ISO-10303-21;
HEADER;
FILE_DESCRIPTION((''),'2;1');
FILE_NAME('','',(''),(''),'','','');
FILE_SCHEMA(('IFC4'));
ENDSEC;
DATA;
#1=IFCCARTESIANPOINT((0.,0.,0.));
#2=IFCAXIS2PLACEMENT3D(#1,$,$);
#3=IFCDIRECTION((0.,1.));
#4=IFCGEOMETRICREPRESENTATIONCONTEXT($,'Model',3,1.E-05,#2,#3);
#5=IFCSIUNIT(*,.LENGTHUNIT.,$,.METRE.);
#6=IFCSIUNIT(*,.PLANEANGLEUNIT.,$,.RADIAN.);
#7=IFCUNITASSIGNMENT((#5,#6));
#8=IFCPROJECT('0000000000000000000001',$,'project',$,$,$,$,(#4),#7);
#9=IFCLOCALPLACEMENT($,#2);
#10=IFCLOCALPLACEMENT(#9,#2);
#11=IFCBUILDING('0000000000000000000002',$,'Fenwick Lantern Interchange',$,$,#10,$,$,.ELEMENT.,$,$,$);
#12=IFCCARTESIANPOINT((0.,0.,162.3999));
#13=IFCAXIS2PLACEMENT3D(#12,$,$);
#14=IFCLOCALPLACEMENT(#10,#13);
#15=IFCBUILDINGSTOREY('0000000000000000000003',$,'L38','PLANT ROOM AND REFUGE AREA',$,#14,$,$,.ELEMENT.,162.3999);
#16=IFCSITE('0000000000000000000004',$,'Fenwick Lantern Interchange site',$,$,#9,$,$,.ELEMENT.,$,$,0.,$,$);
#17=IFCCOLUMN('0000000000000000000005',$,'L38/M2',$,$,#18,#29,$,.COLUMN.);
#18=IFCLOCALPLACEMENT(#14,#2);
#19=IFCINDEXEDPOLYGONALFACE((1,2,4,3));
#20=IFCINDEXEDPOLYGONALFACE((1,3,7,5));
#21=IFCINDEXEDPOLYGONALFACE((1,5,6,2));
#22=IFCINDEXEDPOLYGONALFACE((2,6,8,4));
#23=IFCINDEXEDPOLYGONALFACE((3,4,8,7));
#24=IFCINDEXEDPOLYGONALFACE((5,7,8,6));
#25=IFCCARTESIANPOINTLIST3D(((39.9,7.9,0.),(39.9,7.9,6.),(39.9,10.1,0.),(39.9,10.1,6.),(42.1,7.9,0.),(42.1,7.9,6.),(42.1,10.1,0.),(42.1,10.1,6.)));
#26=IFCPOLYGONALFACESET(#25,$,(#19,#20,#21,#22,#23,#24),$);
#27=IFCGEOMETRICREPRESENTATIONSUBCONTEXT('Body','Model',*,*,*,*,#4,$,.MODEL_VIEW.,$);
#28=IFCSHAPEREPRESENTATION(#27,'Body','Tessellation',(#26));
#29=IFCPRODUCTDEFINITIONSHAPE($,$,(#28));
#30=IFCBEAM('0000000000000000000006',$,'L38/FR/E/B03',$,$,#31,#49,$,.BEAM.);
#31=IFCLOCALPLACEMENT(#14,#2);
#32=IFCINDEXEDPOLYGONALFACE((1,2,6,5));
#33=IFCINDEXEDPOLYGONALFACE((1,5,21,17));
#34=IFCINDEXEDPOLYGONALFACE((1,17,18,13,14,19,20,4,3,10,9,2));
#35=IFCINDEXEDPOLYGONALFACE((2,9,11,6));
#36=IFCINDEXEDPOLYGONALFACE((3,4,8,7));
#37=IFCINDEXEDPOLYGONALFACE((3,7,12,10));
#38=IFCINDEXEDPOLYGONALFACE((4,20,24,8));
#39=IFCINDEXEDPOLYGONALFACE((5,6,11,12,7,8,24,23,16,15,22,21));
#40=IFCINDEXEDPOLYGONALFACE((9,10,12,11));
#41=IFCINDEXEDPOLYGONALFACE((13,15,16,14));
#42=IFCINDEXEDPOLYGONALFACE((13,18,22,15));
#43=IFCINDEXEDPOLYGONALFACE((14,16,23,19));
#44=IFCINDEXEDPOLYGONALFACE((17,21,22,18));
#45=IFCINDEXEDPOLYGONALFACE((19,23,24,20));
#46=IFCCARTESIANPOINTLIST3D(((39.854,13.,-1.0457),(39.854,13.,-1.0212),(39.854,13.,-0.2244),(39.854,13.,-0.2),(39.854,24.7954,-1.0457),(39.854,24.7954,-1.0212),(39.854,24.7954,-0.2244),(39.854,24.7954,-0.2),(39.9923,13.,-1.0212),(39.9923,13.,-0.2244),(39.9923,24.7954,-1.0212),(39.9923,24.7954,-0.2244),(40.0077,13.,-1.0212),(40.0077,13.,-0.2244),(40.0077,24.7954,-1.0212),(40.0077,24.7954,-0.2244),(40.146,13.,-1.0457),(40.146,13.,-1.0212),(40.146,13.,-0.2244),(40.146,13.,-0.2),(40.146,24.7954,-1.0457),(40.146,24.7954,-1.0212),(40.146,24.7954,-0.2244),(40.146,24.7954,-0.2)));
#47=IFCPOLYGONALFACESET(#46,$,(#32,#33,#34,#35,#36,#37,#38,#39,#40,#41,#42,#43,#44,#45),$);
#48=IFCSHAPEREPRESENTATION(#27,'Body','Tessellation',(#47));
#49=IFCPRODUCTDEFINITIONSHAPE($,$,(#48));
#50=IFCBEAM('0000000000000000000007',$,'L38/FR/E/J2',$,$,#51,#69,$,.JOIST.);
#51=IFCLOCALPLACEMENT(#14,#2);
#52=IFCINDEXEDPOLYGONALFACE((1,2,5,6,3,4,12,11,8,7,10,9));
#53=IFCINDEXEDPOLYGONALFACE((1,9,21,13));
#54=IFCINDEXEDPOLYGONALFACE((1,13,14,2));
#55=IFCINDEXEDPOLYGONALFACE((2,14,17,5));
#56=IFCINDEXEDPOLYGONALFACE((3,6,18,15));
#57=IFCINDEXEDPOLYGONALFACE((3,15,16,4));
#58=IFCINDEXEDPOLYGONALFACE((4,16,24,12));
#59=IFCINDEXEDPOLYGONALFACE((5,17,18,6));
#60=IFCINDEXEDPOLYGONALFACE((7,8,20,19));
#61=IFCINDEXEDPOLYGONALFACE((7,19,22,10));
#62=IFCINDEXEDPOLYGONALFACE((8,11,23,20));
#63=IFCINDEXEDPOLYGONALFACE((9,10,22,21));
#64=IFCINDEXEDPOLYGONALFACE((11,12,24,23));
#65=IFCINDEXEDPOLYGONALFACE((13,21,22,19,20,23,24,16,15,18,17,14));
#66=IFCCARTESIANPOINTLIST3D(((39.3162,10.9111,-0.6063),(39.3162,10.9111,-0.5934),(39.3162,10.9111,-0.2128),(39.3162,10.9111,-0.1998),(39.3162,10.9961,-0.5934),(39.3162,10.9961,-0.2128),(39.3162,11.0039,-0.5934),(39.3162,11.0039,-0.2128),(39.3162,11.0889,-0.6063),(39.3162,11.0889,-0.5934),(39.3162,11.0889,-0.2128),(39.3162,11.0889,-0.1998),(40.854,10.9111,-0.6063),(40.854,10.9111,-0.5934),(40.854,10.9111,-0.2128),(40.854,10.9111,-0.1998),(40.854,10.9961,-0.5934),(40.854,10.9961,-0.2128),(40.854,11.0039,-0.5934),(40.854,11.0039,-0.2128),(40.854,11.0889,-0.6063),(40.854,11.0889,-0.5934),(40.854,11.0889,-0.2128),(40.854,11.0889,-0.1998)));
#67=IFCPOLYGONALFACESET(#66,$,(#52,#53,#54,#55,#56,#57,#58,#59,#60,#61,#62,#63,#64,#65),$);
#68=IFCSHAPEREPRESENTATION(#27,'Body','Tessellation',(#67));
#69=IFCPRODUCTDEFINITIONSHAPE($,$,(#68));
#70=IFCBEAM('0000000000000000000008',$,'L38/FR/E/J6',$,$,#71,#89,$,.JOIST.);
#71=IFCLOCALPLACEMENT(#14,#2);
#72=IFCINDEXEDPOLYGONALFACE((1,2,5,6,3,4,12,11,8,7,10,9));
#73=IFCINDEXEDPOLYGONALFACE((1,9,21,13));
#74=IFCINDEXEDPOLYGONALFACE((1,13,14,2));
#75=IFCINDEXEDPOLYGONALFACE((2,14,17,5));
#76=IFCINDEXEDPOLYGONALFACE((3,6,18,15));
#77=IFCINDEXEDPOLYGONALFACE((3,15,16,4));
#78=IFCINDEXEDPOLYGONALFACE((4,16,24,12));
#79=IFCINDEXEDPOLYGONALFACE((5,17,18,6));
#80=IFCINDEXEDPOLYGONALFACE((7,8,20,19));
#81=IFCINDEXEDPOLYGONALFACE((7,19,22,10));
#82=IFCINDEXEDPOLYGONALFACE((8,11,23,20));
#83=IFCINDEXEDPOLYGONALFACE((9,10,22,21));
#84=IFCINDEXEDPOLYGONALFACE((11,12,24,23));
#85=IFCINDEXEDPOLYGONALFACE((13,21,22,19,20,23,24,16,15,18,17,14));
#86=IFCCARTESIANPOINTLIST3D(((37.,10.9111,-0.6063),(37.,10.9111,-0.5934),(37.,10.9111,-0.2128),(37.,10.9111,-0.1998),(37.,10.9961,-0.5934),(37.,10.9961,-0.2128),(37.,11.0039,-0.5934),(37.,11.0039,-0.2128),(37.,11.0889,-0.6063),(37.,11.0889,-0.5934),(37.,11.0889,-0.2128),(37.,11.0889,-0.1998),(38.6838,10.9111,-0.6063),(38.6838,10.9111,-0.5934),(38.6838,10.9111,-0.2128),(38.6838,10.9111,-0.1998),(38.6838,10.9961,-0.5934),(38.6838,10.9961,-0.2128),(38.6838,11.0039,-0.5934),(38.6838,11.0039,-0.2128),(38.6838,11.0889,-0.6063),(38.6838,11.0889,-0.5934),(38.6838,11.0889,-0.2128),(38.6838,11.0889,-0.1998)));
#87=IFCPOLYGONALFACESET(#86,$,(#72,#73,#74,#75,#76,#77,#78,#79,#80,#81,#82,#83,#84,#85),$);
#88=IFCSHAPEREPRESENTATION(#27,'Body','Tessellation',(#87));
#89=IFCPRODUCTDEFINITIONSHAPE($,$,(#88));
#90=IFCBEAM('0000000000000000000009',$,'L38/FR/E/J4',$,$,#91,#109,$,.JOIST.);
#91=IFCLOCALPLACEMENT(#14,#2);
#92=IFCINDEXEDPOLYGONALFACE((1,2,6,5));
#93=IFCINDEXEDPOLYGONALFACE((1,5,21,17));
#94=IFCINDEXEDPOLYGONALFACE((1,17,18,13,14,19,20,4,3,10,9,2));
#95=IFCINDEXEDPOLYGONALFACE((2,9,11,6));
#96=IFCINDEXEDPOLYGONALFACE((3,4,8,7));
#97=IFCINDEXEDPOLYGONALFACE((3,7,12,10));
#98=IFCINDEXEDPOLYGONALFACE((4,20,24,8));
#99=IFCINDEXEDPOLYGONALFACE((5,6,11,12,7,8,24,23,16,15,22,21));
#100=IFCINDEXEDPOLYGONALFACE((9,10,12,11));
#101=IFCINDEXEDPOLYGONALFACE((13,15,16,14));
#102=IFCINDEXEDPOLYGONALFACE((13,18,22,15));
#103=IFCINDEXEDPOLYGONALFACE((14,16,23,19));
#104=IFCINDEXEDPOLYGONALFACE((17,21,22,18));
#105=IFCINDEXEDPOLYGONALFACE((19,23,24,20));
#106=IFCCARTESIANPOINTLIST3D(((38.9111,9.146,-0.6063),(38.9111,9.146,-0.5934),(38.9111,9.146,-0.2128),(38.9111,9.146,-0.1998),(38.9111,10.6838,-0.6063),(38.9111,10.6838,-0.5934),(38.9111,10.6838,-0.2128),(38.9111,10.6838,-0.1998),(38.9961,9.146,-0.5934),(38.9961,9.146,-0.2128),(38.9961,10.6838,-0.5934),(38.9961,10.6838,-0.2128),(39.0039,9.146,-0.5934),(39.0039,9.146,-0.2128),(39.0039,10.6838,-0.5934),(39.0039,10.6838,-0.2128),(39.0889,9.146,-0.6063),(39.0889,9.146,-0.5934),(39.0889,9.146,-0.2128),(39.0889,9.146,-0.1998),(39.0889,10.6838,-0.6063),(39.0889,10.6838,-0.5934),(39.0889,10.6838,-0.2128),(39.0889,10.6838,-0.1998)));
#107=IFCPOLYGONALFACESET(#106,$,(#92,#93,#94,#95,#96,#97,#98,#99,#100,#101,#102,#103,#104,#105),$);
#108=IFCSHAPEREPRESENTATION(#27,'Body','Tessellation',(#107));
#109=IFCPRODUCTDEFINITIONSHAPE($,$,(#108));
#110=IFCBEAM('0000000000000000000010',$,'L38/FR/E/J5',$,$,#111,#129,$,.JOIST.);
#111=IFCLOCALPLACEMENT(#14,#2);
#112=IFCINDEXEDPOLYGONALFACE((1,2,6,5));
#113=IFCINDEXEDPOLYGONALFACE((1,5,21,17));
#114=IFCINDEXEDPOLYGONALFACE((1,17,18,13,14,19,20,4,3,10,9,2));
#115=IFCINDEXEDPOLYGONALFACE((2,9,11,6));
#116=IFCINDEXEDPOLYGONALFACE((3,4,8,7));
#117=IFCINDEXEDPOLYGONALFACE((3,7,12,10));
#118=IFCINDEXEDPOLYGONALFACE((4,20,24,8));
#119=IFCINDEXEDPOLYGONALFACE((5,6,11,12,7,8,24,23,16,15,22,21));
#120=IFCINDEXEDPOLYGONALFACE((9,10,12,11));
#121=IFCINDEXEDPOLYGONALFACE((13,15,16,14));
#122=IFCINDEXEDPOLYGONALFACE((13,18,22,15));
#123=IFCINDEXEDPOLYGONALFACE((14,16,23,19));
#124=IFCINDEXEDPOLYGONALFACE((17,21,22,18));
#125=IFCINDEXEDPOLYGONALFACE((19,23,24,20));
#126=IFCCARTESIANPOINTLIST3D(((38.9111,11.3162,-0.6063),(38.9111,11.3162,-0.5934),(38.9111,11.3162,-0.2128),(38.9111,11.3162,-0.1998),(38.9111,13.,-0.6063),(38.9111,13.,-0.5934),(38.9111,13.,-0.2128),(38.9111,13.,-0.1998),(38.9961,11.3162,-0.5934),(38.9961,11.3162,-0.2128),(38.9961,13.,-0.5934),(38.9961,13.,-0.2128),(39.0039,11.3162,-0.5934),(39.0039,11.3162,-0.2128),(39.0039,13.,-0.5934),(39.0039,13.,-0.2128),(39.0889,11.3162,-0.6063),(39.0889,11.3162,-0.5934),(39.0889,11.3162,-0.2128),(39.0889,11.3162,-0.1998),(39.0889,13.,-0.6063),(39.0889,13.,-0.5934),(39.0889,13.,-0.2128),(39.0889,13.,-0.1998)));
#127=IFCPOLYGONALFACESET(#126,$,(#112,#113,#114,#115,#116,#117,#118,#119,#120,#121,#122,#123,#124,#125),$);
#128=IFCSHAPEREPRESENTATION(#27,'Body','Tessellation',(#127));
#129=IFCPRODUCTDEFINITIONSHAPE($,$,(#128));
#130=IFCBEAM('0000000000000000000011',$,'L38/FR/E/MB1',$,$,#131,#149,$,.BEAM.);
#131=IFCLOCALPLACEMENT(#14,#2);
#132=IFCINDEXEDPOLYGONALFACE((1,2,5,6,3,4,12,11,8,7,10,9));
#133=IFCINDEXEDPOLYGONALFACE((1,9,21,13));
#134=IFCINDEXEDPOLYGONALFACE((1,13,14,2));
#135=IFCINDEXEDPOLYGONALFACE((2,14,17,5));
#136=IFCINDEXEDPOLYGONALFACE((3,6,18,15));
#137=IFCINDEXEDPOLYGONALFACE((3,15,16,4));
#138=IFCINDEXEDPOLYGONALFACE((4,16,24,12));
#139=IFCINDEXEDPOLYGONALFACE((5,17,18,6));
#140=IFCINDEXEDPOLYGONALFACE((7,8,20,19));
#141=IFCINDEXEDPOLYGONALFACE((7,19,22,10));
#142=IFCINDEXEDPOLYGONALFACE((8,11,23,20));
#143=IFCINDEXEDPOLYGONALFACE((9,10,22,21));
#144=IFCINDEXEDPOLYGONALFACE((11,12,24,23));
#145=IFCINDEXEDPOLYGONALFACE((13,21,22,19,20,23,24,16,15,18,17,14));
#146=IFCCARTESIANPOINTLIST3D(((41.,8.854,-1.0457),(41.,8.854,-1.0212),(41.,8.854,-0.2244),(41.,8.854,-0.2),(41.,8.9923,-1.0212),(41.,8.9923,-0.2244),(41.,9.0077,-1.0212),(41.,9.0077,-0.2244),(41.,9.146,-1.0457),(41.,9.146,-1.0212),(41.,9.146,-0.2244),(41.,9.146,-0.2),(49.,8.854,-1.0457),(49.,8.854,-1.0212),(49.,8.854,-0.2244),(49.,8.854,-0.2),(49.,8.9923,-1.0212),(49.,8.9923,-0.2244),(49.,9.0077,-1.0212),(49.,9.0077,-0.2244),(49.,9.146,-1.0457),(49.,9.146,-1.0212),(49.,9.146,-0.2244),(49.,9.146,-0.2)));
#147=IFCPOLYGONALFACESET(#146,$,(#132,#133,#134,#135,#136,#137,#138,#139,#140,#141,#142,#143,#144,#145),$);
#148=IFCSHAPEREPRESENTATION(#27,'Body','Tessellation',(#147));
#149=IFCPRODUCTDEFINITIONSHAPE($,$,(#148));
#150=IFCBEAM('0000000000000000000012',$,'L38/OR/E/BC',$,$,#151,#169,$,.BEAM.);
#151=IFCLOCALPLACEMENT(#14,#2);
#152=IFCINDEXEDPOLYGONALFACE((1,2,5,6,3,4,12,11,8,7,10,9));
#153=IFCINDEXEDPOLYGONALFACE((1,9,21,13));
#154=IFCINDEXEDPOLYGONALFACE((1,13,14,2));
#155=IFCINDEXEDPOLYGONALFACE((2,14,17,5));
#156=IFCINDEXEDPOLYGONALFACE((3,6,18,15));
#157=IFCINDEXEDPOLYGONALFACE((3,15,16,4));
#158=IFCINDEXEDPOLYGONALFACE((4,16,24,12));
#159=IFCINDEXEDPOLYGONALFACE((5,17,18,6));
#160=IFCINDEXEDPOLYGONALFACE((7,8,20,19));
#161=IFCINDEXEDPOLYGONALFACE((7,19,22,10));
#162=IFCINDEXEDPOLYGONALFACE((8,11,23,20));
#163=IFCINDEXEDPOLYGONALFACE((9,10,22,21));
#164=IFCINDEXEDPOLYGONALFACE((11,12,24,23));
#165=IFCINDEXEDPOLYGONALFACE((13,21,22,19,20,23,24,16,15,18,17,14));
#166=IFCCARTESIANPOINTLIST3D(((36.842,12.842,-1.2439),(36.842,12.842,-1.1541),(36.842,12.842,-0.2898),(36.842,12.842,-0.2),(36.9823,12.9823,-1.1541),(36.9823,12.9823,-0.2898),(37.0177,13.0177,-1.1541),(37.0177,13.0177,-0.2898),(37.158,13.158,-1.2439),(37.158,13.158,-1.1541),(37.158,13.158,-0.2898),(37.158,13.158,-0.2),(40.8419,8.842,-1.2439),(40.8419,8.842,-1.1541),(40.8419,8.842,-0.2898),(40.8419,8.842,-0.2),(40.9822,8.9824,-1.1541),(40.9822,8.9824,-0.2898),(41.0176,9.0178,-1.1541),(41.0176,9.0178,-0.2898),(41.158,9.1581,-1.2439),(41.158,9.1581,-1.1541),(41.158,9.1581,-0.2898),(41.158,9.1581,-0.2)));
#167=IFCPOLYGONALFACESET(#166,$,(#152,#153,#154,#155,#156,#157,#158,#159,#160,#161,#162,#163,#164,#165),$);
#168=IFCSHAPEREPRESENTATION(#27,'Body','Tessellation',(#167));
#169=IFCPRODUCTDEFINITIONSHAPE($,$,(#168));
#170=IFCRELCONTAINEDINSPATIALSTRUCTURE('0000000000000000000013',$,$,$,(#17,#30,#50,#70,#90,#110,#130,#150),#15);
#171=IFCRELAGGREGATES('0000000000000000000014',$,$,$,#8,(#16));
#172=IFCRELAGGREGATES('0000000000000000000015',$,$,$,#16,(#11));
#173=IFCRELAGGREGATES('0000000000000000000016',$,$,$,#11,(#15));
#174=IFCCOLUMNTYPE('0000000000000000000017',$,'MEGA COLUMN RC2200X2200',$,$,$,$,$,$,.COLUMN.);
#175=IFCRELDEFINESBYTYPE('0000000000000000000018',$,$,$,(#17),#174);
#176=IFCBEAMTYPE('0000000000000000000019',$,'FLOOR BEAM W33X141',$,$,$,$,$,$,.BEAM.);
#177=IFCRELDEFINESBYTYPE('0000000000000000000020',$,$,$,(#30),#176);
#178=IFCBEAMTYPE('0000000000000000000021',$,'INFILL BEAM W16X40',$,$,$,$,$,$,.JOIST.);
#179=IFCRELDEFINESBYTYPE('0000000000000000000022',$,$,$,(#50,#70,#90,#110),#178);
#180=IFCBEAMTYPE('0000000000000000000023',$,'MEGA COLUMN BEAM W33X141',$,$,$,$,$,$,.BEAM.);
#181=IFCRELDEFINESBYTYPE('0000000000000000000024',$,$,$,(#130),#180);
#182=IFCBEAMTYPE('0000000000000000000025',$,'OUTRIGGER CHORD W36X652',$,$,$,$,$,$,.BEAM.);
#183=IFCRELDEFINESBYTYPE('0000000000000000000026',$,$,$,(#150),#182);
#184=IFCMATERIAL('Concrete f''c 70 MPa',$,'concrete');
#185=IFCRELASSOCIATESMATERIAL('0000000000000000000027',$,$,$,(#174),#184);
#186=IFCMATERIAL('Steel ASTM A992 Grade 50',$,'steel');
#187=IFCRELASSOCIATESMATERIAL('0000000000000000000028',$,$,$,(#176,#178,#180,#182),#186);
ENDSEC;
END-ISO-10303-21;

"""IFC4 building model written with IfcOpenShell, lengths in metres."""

from ifc_helpers import new_model, si_unit, direction, frame, origin, origin_2d, place, context, subcontext, project, spatial, rectangle, i_section, extrude, material, material_profile, profile_set, type_object, element, save


model = new_model("IFC4")

# Units and contexts
model_context = context("Model", 3, precision=1e-05, world=origin(), true_north=direction((0.0, 1.0)))
body_context = subcontext(model_context, "Body", "Model", "MODEL_VIEW")
ifc_project = project(units=[si_unit("LENGTHUNIT", "METRE"), si_unit("PLANEANGLEUNIT", "RADIAN")], contexts=[model_context])

# Site, building, storey
site_placement = place(None, origin())
site = spatial("IfcSite", under=ifc_project, at=site_placement, Name="Fenwick Lantern Interchange site", CompositionType="ELEMENT", RefElevation=0.0)
building_placement = place(site_placement, origin())
building = spatial("IfcBuilding", under=site, at=building_placement, Name="Fenwick Lantern Interchange", CompositionType="ELEMENT")
storey_placement = place(building_placement, frame((0.0, 0.0, 162.3999)))
storey = spatial("IfcBuildingStorey", under=building, at=storey_placement, Name="L38", Description="PLANT ROOM AND REFUGE AREA", CompositionType="ELEMENT", Elevation=162.3999)

# Column
ifc_material_1 = material(Name="Concrete f'c 70 MPa", Category="concrete")
ifc_material_profile_1 = material_profile(ifc_material_1, rectangle(XDim=2.2, YDim=2.2, at=origin_2d()), Name="RC2200X2200")
ifc_profile_set_1 = profile_set([ifc_material_profile_1], Name="Concrete f'c 70 MPa")
column_type = type_object("IfcColumnType", Name="MEGA COLUMN RC2200X2200", PredefinedType="COLUMN", material=ifc_profile_set_1)
column_placement = place(storey_placement, frame((41.0, 9.0, 0.0), z_axis=(0.0, 0.0, 1.0), x_axis=(1.0, 0.0, 0.0)))
element("IfcColumn", 1, at=column_placement, inside=storey, type_object=column_type, Name="L38/M2", PredefinedType="COLUMN", context=body_context, shape_type="SweptSolid", body=[
    extrude(rectangle(XDim=2.2, YDim=2.2, at=origin_2d()), origin(), (0.0, 0.0, 1.0), 6.0),
])

# Beams
ifc_material_2 = material(Name="Steel ASTM A992 Grade 50", Category="steel")
ifc_material_profile_2 = material_profile(ifc_material_2, i_section(OverallWidth=0.292, OverallDepth=0.8457, WebThickness=0.0154, FlangeThickness=0.0244, at=origin_2d()), Name="W33X141")
ifc_profile_set_2 = profile_set([ifc_material_profile_2], Name="Steel ASTM A992 Grade 50")
beam_type_1 = type_object("IfcBeamType", Name="FLOOR BEAM W33X141", PredefinedType="BEAM", material=ifc_profile_set_2)
beam_1_placement = place(storey_placement, frame((40.0, 13.0, -0.6228), z_axis=(0.0, 1.0, 0.0), x_axis=(-1.0, 0.0, 0.0)))
element("IfcBeam", 2, at=beam_1_placement, inside=storey, type_object=beam_type_1, Name="L38/FR/E/B03", PredefinedType="BEAM", context=body_context, shape_type="SweptSolid", body=[
    extrude(i_section(OverallWidth=0.292, OverallDepth=0.8457, WebThickness=0.0154, FlangeThickness=0.0244, at=origin_2d()), origin(), (0.0, 0.0, 1.0), 11.7954),
])
ifc_material_profile_3 = material_profile(ifc_material_2, i_section(OverallWidth=0.1777, OverallDepth=0.4065, WebThickness=0.0078, FlangeThickness=0.0129, at=origin_2d()), Name="W16X40")
ifc_profile_set_3 = profile_set([ifc_material_profile_3], Name="Steel ASTM A992 Grade 50")
beam_type_2 = type_object("IfcBeamType", Name="INFILL BEAM W16X40", PredefinedType="JOIST", material=ifc_profile_set_3)
beam_2_placement = place(storey_placement, frame((40.854, 11.0, -0.4031), z_axis=(-1.0, 0.0, 0.0), x_axis=(0.0, -1.0, 0.0)))
element("IfcBeam", 3, at=beam_2_placement, inside=storey, type_object=beam_type_2, Name="L38/FR/E/J2", PredefinedType="JOIST", context=body_context, shape_type="SweptSolid", body=[
    extrude(i_section(OverallWidth=0.1777, OverallDepth=0.4065, WebThickness=0.0078, FlangeThickness=0.0129, at=origin_2d()), origin(), (0.0, 0.0, 1.0), 1.5378),
])
beam_3_placement = place(storey_placement, frame((38.6838, 11.0, -0.4031), z_axis=(-1.0, 0.0, 0.0), x_axis=(0.0, -1.0, 0.0)))
element("IfcBeam", 4, at=beam_3_placement, inside=storey, type_object=beam_type_2, Name="L38/FR/E/J6", PredefinedType="JOIST", context=body_context, shape_type="SweptSolid", body=[
    extrude(i_section(OverallWidth=0.1777, OverallDepth=0.4065, WebThickness=0.0078, FlangeThickness=0.0129, at=origin_2d()), origin(), (0.0, 0.0, 1.0), 1.6838),
])
beam_4_placement = place(storey_placement, frame((39.0, 9.146, -0.4031), z_axis=(0.0, 1.0, 0.0), x_axis=(-1.0, 0.0, 0.0)))
element("IfcBeam", 5, at=beam_4_placement, inside=storey, type_object=beam_type_2, Name="L38/FR/E/J4", PredefinedType="JOIST", context=body_context, shape_type="SweptSolid", body=[
    extrude(i_section(OverallWidth=0.1777, OverallDepth=0.4065, WebThickness=0.0078, FlangeThickness=0.0129, at=origin_2d()), origin(), (0.0, 0.0, 1.0), 1.5378),
])
beam_5_placement = place(storey_placement, frame((39.0, 11.3162, -0.4031), z_axis=(0.0, 1.0, 0.0), x_axis=(-1.0, 0.0, 0.0)))
element("IfcBeam", 6, at=beam_5_placement, inside=storey, type_object=beam_type_2, Name="L38/FR/E/J5", PredefinedType="JOIST", context=body_context, shape_type="SweptSolid", body=[
    extrude(i_section(OverallWidth=0.1777, OverallDepth=0.4065, WebThickness=0.0078, FlangeThickness=0.0129, at=origin_2d()), origin(), (0.0, 0.0, 1.0), 1.6838),
])
ifc_material_profile_4 = material_profile(ifc_material_2, i_section(OverallWidth=0.292, OverallDepth=0.8457, WebThickness=0.0154, FlangeThickness=0.0244, at=origin_2d()), Name="W33X141")
ifc_profile_set_4 = profile_set([ifc_material_profile_4], Name="Steel ASTM A992 Grade 50")
beam_type_3 = type_object("IfcBeamType", Name="MEGA COLUMN BEAM W33X141", PredefinedType="BEAM", material=ifc_profile_set_4)
beam_6_placement = place(storey_placement, frame((41.0, 9.0, -0.6228), z_axis=(1.0, 0.0, 0.0), x_axis=(0.0, 1.0, 0.0)))
element("IfcBeam", 7, at=beam_6_placement, inside=storey, type_object=beam_type_3, Name="L38/FR/E/MB1", PredefinedType="BEAM", context=body_context, shape_type="SweptSolid", body=[
    extrude(i_section(OverallWidth=0.292, OverallDepth=0.8457, WebThickness=0.0154, FlangeThickness=0.0244, at=origin_2d()), origin(), (0.0, 0.0, 1.0), 8.0),
])
ifc_material_profile_5 = material_profile(ifc_material_2, i_section(OverallWidth=0.447, OverallDepth=1.0439, WebThickness=0.05, FlangeThickness=0.0898, at=origin_2d()), Name="W36X652")
ifc_profile_set_5 = profile_set([ifc_material_profile_5], Name="Steel ASTM A992 Grade 50")
beam_type_4 = type_object("IfcBeamType", Name="OUTRIGGER CHORD W36X652", PredefinedType="BEAM", material=ifc_profile_set_5)
beam_7_placement = place(storey_placement, frame((37.0, 13.0, -0.7219), z_axis=(0.707107, -0.707107, 0.0), x_axis=(0.707107, 0.707107, 0.0)))
element("IfcBeam", 8, at=beam_7_placement, inside=storey, type_object=beam_type_4, Name="L38/OR/E/BC", PredefinedType="BEAM", context=body_context, shape_type="SweptSolid", body=[
    extrude(i_section(OverallWidth=0.447, OverallDepth=1.0439, WebThickness=0.05, FlangeThickness=0.0898, at=origin_2d()), origin(), (0.0, 0.0, 1.0), 5.6567),
])

save(model, "model.ifc")
